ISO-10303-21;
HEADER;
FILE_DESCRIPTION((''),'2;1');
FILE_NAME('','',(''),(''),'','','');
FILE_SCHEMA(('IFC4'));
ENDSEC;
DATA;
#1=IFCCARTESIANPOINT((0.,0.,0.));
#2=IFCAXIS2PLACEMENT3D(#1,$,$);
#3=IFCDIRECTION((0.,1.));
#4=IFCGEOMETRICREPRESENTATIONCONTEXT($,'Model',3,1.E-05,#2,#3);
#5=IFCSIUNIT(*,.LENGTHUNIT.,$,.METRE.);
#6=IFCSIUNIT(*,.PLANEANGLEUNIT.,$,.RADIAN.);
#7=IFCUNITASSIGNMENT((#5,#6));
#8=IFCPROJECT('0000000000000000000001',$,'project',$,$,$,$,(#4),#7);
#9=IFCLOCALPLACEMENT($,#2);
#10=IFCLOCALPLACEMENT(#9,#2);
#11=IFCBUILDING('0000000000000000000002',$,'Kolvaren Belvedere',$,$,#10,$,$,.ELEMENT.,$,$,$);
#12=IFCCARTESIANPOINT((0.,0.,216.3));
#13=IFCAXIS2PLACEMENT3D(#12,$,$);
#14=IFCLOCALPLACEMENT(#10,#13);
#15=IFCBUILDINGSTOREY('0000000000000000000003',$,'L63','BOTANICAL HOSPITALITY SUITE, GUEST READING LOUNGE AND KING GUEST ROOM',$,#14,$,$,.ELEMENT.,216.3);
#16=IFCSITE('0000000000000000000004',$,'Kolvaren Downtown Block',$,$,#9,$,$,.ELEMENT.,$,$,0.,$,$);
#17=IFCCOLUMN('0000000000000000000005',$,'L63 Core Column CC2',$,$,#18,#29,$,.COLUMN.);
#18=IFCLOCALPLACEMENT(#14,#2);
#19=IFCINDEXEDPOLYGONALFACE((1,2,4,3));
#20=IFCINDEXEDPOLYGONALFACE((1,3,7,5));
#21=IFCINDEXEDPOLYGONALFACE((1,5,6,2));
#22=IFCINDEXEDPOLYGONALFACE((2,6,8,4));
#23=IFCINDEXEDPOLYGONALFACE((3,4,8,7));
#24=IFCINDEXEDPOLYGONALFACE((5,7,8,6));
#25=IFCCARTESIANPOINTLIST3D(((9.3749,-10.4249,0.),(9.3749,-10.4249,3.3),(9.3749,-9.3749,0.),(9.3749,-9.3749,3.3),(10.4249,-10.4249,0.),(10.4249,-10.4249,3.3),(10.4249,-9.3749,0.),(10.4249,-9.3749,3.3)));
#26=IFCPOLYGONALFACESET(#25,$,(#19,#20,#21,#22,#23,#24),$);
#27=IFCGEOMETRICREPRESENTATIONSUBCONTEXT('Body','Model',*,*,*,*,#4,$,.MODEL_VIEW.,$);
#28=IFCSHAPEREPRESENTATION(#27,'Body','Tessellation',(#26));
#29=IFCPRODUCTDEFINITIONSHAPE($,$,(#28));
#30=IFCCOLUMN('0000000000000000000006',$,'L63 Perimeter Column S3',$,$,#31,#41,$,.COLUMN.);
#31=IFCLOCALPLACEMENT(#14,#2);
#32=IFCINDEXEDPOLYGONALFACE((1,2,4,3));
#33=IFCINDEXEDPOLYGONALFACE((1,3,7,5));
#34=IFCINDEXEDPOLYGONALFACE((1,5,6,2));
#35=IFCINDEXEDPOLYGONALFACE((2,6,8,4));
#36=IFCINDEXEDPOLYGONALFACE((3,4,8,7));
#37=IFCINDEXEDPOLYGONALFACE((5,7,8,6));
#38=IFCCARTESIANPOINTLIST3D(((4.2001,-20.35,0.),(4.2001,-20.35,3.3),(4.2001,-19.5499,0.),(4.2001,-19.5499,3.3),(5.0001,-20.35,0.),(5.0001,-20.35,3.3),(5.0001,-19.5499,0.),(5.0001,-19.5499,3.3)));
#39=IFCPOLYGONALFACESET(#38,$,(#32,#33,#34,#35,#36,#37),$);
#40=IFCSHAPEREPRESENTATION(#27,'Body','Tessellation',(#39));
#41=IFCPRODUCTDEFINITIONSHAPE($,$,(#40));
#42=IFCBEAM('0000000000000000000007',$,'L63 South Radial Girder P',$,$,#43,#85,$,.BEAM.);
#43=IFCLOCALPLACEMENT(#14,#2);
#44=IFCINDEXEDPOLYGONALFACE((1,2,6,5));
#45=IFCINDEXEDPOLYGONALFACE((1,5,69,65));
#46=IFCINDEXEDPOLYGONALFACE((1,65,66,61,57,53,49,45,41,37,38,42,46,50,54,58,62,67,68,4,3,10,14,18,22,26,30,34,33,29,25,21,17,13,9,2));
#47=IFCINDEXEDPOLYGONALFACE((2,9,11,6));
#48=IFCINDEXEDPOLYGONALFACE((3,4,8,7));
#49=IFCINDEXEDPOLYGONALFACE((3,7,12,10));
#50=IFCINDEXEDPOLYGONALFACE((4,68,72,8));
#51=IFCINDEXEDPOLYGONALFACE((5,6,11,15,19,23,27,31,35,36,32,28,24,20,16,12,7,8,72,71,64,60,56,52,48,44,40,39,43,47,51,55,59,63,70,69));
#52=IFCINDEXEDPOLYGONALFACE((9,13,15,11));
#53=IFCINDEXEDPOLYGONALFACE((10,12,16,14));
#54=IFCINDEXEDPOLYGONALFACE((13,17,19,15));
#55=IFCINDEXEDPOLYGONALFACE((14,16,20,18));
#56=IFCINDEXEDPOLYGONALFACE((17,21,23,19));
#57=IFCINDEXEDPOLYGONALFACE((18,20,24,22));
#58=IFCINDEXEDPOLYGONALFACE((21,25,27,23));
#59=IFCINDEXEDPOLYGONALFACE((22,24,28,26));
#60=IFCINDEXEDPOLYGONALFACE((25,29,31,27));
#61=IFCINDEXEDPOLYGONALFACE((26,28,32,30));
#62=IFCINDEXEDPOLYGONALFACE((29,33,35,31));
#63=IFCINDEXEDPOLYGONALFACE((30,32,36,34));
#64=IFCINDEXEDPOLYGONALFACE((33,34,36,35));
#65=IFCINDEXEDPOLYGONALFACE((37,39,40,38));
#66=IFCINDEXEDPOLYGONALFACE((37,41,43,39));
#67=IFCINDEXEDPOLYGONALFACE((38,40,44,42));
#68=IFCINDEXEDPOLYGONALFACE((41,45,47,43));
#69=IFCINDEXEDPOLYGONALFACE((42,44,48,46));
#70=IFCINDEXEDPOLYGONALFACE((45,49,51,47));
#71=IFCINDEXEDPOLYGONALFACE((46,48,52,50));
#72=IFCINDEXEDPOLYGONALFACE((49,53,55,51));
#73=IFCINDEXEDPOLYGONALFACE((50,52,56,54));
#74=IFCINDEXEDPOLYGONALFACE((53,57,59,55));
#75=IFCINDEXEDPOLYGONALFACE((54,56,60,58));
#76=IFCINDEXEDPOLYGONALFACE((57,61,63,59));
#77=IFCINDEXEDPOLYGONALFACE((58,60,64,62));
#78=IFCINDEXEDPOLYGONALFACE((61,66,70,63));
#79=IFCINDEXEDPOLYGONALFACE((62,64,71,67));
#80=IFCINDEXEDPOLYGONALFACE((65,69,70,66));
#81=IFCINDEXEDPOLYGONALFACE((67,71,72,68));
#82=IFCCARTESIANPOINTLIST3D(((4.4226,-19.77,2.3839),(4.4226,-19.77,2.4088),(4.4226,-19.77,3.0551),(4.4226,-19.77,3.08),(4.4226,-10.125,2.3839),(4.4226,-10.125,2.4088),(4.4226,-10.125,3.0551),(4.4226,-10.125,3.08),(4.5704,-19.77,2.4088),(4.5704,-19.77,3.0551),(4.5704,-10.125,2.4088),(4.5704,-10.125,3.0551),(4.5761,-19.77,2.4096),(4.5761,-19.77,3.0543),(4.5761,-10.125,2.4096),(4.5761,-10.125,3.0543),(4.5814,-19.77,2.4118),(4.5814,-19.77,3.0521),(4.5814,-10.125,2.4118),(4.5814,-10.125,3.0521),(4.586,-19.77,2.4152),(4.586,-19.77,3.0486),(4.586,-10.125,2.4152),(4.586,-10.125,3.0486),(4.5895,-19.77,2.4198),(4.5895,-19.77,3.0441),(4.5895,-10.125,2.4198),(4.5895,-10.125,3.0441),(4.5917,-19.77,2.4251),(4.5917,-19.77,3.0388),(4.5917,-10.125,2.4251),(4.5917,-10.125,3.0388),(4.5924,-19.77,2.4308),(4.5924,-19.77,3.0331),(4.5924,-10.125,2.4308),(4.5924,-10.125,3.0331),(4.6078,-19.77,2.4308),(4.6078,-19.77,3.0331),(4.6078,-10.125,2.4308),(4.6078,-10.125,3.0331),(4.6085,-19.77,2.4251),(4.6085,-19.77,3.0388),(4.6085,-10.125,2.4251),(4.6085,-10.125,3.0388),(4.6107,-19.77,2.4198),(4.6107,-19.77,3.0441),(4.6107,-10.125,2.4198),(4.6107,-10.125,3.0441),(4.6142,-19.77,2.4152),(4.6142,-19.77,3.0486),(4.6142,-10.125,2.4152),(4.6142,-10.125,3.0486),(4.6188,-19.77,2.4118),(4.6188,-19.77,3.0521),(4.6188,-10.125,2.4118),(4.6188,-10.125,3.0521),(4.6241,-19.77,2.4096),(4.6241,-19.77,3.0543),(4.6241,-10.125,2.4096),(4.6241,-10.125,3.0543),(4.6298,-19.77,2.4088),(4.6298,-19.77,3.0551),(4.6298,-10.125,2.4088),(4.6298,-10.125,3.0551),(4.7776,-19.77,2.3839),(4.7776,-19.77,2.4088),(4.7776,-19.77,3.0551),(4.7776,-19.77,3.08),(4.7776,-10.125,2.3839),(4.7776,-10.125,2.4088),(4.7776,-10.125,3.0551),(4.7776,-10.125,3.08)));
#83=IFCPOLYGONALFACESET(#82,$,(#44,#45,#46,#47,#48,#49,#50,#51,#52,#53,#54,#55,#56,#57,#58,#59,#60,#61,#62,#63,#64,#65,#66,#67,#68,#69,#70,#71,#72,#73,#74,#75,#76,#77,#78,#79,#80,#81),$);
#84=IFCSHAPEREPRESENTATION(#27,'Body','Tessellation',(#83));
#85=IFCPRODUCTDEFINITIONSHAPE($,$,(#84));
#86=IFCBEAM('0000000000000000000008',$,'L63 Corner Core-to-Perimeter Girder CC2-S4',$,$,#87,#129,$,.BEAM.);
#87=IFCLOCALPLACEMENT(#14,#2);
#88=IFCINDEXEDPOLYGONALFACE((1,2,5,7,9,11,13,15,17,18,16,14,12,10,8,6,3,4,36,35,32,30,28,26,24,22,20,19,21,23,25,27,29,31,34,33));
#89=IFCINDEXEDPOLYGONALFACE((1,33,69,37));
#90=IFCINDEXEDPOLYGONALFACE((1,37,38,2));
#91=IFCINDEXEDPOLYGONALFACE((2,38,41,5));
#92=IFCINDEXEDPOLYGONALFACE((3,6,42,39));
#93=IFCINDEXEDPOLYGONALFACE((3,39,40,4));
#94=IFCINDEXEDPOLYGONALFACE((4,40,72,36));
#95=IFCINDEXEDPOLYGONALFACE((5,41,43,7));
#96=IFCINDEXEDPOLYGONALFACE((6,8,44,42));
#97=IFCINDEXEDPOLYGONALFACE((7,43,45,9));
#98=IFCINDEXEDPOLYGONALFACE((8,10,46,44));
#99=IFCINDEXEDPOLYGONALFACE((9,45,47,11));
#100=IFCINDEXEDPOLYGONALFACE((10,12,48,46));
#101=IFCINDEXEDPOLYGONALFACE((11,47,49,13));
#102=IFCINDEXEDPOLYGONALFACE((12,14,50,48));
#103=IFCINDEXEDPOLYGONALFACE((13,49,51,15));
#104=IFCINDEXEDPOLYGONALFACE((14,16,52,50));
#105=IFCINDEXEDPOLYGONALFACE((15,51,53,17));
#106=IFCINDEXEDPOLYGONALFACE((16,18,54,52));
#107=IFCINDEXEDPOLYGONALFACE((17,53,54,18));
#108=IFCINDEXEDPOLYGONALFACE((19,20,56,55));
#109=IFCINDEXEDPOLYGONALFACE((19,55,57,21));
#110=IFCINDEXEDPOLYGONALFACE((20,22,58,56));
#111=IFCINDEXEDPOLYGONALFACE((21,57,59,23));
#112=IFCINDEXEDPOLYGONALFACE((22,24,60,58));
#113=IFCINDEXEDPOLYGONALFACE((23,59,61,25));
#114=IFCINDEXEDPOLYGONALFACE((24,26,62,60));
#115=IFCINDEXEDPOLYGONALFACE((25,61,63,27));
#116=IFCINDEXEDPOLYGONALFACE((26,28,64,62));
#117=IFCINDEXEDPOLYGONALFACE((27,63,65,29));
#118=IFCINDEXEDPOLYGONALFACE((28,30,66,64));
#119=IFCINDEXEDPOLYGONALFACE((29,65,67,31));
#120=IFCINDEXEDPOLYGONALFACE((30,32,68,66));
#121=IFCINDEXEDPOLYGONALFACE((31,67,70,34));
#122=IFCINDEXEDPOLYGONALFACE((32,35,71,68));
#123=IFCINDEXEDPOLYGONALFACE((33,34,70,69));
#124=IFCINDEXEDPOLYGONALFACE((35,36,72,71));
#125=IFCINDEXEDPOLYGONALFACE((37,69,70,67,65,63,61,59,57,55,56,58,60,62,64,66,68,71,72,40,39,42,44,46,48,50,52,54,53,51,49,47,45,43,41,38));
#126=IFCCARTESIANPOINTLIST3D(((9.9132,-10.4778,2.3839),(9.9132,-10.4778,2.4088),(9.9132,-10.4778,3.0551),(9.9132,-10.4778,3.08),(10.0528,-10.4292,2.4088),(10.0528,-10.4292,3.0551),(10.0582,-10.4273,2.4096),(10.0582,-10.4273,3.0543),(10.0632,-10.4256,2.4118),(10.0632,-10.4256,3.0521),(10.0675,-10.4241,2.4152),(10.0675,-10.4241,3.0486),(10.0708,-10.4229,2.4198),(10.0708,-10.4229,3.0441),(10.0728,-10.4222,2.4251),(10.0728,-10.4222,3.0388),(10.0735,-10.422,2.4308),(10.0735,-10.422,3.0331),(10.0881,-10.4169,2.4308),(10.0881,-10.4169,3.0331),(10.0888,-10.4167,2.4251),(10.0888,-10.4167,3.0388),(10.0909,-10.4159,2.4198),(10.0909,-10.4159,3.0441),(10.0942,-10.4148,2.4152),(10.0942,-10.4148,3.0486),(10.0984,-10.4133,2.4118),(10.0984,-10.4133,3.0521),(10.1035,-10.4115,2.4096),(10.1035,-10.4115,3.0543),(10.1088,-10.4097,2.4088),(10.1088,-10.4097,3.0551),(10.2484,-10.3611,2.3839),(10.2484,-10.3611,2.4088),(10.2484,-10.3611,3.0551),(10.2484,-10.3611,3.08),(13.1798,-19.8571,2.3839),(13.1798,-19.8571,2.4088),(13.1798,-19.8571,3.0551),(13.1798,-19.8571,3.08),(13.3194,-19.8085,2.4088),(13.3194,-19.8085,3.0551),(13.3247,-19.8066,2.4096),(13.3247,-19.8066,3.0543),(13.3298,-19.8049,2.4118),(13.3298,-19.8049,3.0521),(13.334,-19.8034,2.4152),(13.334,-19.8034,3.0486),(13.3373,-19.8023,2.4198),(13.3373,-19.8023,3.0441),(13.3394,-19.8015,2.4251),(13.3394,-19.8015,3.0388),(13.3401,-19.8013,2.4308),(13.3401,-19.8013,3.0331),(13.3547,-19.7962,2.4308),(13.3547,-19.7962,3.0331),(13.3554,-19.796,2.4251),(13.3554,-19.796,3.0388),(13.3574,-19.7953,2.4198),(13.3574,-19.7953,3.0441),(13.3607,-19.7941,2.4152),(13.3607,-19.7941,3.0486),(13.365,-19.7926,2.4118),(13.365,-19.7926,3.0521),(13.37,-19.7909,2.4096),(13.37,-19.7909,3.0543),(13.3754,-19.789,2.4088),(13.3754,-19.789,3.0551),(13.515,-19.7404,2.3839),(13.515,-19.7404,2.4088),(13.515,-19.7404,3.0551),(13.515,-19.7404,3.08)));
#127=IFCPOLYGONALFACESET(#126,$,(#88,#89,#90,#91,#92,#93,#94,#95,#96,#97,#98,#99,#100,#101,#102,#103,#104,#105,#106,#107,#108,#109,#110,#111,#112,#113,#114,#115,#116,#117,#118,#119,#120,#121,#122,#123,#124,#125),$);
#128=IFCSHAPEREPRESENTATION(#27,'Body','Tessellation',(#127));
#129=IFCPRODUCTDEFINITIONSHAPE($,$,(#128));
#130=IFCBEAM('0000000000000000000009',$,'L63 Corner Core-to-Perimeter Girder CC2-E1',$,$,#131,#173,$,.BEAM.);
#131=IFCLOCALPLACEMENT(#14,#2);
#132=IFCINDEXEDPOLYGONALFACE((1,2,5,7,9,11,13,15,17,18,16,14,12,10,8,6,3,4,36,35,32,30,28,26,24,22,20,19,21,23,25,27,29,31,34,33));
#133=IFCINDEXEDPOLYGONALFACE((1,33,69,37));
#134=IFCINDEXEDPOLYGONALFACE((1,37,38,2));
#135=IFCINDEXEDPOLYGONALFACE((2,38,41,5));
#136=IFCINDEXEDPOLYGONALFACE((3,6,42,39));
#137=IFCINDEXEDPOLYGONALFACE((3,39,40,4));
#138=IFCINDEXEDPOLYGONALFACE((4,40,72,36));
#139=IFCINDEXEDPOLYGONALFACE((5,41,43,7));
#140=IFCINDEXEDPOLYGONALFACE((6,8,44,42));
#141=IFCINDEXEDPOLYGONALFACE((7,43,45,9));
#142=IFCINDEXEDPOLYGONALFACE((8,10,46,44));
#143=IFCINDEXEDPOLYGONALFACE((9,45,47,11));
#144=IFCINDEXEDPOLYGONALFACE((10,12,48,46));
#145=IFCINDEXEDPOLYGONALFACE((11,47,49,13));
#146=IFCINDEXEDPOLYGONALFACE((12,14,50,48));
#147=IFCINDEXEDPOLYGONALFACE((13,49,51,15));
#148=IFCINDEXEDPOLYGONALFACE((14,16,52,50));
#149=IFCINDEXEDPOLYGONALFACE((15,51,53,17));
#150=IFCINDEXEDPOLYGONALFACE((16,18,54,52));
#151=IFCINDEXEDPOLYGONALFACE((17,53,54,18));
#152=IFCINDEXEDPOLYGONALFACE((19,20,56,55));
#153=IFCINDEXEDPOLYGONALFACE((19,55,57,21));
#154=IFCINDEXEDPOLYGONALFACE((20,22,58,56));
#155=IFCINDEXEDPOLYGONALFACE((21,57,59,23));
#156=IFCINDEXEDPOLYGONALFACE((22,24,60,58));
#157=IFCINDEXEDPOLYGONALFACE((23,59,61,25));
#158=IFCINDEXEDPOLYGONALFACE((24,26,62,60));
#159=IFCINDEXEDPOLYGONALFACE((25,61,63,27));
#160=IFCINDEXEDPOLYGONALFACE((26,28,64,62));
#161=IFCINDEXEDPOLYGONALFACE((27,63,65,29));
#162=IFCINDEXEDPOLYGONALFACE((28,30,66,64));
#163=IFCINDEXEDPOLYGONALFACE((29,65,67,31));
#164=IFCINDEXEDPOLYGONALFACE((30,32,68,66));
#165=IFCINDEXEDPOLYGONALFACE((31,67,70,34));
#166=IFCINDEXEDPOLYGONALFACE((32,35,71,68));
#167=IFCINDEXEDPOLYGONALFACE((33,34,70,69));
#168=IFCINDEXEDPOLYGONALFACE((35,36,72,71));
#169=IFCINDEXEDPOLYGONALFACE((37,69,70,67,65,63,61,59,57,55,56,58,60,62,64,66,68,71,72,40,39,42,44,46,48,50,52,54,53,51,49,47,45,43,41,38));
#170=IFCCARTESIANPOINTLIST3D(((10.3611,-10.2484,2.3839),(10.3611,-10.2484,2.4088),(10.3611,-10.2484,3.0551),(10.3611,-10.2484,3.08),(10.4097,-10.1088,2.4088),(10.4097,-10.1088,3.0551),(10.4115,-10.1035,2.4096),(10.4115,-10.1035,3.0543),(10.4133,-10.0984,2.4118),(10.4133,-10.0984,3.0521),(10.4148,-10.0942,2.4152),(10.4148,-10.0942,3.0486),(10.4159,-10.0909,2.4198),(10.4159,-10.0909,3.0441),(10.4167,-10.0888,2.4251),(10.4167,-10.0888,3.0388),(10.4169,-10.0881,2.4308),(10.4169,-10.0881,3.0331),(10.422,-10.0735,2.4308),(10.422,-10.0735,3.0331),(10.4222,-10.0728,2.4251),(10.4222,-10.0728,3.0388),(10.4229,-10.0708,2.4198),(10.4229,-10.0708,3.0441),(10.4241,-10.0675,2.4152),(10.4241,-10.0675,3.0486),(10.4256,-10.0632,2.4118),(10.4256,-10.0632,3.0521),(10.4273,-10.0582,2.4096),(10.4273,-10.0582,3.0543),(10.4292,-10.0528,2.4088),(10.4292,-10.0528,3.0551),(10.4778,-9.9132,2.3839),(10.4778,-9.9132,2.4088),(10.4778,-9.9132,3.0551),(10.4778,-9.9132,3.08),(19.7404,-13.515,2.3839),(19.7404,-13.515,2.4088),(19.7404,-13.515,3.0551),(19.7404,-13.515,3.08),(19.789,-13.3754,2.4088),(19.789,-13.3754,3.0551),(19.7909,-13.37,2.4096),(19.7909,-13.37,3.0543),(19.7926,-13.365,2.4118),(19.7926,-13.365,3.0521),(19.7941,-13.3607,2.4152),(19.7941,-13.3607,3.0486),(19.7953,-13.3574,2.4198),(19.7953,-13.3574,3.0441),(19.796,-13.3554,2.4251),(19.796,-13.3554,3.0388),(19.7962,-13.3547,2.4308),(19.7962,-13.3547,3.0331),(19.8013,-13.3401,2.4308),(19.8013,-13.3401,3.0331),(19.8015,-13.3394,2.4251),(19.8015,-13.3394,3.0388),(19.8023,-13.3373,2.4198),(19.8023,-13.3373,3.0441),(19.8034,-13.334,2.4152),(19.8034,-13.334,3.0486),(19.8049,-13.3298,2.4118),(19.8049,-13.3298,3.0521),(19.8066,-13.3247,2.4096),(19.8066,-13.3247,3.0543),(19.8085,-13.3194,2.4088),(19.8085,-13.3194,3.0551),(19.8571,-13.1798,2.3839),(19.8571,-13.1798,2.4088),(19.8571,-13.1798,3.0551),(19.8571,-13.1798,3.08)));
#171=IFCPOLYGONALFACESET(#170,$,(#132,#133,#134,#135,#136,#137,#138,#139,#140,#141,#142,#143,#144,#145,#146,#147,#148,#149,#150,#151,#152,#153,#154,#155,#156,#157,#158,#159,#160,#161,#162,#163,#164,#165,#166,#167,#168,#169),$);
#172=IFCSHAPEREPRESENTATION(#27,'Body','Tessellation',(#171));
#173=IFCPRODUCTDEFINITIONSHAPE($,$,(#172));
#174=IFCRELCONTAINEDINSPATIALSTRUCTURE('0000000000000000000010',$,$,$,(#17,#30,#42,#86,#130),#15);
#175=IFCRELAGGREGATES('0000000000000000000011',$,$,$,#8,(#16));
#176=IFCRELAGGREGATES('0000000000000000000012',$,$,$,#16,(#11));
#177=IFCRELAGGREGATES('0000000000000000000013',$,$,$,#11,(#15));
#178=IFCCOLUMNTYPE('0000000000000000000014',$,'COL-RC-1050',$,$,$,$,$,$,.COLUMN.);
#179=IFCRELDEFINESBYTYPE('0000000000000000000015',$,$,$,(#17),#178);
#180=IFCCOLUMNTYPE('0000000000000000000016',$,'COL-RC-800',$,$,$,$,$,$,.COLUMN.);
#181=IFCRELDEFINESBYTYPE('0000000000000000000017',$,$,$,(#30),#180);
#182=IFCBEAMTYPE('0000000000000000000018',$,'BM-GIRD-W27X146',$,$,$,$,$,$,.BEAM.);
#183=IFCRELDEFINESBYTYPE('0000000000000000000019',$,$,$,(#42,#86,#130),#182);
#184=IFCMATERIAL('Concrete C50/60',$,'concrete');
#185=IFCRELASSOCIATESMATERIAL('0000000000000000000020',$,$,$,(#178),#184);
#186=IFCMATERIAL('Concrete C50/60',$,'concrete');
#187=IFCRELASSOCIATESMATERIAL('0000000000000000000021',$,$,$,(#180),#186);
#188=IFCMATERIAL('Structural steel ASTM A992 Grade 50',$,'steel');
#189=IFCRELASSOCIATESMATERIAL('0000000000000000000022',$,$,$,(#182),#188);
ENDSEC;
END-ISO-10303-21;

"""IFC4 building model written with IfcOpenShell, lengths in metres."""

from ifc_helpers import new_model, si_unit, direction, frame, origin, origin_2d, place, context, subcontext, project, spatial, rectangle, i_section, extrude, material, material_profile, profile_set, type_object, element, save


model = new_model("IFC4")

# Units and contexts
model_context = context("Model", 3, precision=1e-05, world=origin(), true_north=direction((0.0, 1.0)))
body_context = subcontext(model_context, "Body", "Model", "MODEL_VIEW")
ifc_project = project(units=[si_unit("LENGTHUNIT", "METRE"), si_unit("PLANEANGLEUNIT", "RADIAN")], contexts=[model_context])

# Site, building, storey
site_placement = place(None, origin())
site = spatial("IfcSite", under=ifc_project, at=site_placement, Name="Kolvaren Downtown Block", CompositionType="ELEMENT", RefElevation=0.0)
building_placement = place(site_placement, origin())
building = spatial("IfcBuilding", under=site, at=building_placement, Name="Kolvaren Belvedere", CompositionType="ELEMENT")
storey_placement = place(building_placement, frame((0.0, 0.0, 216.3)))
storey = spatial("IfcBuildingStorey", under=building, at=storey_placement, Name="L63", Description="BOTANICAL HOSPITALITY SUITE, GUEST READING LOUNGE AND KING GUEST ROOM", CompositionType="ELEMENT", Elevation=216.3)

# Columns
ifc_material_1 = material(Name="Concrete C50/60", Category="concrete")
ifc_material_profile_1 = material_profile(ifc_material_1, rectangle(XDim=1.05, YDim=1.05, at=origin_2d()), Name="RC 1050X1050")
ifc_profile_set_1 = profile_set([ifc_material_profile_1], Name="Concrete C50/60")
column_type_1 = type_object("IfcColumnType", Name="COL-RC-1050", PredefinedType="COLUMN", material=ifc_profile_set_1)
column_1_placement = place(storey_placement, frame((9.8999, -9.8999, 0.0), z_axis=(0.0, 0.0, 1.0), x_axis=(1.0, 0.0, 0.0)))
element("IfcColumn", 1, at=column_1_placement, inside=storey, type_object=column_type_1, Name="L63 Core Column CC2", PredefinedType="COLUMN", context=body_context, shape_type="SweptSolid", body=[
    extrude(rectangle(XDim=1.05, YDim=1.05, at=origin_2d()), origin(), (0.0, 0.0, 1.0), 3.3),
])
ifc_material_2 = material(Name="Concrete C50/60", Category="concrete")
ifc_material_profile_2 = material_profile(ifc_material_2, rectangle(XDim=0.8, YDim=0.8, at=origin_2d()), Name="RC 800X800")
ifc_profile_set_2 = profile_set([ifc_material_profile_2], Name="Concrete C50/60")
column_type_2 = type_object("IfcColumnType", Name="COL-RC-800", PredefinedType="COLUMN", material=ifc_profile_set_2)
column_2_placement = place(storey_placement, frame((4.6001, -19.95, 0.0), z_axis=(0.0, 0.0, 1.0), x_axis=(1.0, 0.0, 0.0)))
element("IfcColumn", 2, at=column_2_placement, inside=storey, type_object=column_type_2, Name="L63 Perimeter Column S3", PredefinedType="COLUMN", context=body_context, shape_type="SweptSolid", body=[
    extrude(rectangle(XDim=0.8, YDim=0.8, at=origin_2d()), origin(), (0.0, 0.0, 1.0), 3.3),
])

# Beams
ifc_material_3 = material(Name="Structural steel ASTM A992 Grade 50", Category="steel")
ifc_material_profile_3 = material_profile(ifc_material_3, i_section(OverallWidth=0.355, OverallDepth=0.696, WebThickness=0.0154, FlangeThickness=0.0249, FilletRadius=0.022, at=origin_2d()), Name="W27X146")
ifc_profile_set_3 = profile_set([ifc_material_profile_3], Name="Structural steel ASTM A992 Grade 50")
beam_type_1 = type_object("IfcBeamType", Name="BM-GIRD-W27X146", PredefinedType="BEAM", material=ifc_profile_set_3)
beam_1_placement = place(storey_placement, frame((4.6001, -10.125, 2.7319), z_axis=(0.0, -1.0, 0.0), x_axis=(1.0, 0.0, 0.0)))
element("IfcBeam", 3, at=beam_1_placement, inside=storey, type_object=beam_type_1, Name="L63 South Radial Girder P", PredefinedType="BEAM", context=body_context, shape_type="SweptSolid", body=[
    extrude(i_section(OverallWidth=0.355, OverallDepth=0.696, WebThickness=0.0154, FlangeThickness=0.0249, FilletRadius=0.022, at=origin_2d()), origin(), (0.0, 0.0, 1.0), 9.645),
])
for number, where, z_axis, x_axis, name in (
    (4, (10.0808, -10.4194, 2.7319), (0.328898, -0.944365, 0.0), (0.944365, 0.328898, 0.0), "L63 Corner Core-to-Perimeter Girder CC2-S4"),
    (5, (10.4194, -10.0808, 2.7319), (0.944365, -0.328898, 0.0), (0.328898, 0.944365, 0.0), "L63 Corner Core-to-Perimeter Girder CC2-E1"),
):
    element("IfcBeam", number, at=place(storey_placement, frame(where, z_axis=z_axis, x_axis=x_axis)), inside=storey, type_object=beam_type_1, Name=name, PredefinedType="BEAM", context=body_context, shape_type="SweptSolid", body=[
        extrude(i_section(OverallWidth=0.355, OverallDepth=0.696, WebThickness=0.0154, FlangeThickness=0.0249, FilletRadius=0.022, at=origin_2d()), origin(), (0.0, 0.0, 1.0), 9.9319),
    ])

save(model, "model.ifc")
